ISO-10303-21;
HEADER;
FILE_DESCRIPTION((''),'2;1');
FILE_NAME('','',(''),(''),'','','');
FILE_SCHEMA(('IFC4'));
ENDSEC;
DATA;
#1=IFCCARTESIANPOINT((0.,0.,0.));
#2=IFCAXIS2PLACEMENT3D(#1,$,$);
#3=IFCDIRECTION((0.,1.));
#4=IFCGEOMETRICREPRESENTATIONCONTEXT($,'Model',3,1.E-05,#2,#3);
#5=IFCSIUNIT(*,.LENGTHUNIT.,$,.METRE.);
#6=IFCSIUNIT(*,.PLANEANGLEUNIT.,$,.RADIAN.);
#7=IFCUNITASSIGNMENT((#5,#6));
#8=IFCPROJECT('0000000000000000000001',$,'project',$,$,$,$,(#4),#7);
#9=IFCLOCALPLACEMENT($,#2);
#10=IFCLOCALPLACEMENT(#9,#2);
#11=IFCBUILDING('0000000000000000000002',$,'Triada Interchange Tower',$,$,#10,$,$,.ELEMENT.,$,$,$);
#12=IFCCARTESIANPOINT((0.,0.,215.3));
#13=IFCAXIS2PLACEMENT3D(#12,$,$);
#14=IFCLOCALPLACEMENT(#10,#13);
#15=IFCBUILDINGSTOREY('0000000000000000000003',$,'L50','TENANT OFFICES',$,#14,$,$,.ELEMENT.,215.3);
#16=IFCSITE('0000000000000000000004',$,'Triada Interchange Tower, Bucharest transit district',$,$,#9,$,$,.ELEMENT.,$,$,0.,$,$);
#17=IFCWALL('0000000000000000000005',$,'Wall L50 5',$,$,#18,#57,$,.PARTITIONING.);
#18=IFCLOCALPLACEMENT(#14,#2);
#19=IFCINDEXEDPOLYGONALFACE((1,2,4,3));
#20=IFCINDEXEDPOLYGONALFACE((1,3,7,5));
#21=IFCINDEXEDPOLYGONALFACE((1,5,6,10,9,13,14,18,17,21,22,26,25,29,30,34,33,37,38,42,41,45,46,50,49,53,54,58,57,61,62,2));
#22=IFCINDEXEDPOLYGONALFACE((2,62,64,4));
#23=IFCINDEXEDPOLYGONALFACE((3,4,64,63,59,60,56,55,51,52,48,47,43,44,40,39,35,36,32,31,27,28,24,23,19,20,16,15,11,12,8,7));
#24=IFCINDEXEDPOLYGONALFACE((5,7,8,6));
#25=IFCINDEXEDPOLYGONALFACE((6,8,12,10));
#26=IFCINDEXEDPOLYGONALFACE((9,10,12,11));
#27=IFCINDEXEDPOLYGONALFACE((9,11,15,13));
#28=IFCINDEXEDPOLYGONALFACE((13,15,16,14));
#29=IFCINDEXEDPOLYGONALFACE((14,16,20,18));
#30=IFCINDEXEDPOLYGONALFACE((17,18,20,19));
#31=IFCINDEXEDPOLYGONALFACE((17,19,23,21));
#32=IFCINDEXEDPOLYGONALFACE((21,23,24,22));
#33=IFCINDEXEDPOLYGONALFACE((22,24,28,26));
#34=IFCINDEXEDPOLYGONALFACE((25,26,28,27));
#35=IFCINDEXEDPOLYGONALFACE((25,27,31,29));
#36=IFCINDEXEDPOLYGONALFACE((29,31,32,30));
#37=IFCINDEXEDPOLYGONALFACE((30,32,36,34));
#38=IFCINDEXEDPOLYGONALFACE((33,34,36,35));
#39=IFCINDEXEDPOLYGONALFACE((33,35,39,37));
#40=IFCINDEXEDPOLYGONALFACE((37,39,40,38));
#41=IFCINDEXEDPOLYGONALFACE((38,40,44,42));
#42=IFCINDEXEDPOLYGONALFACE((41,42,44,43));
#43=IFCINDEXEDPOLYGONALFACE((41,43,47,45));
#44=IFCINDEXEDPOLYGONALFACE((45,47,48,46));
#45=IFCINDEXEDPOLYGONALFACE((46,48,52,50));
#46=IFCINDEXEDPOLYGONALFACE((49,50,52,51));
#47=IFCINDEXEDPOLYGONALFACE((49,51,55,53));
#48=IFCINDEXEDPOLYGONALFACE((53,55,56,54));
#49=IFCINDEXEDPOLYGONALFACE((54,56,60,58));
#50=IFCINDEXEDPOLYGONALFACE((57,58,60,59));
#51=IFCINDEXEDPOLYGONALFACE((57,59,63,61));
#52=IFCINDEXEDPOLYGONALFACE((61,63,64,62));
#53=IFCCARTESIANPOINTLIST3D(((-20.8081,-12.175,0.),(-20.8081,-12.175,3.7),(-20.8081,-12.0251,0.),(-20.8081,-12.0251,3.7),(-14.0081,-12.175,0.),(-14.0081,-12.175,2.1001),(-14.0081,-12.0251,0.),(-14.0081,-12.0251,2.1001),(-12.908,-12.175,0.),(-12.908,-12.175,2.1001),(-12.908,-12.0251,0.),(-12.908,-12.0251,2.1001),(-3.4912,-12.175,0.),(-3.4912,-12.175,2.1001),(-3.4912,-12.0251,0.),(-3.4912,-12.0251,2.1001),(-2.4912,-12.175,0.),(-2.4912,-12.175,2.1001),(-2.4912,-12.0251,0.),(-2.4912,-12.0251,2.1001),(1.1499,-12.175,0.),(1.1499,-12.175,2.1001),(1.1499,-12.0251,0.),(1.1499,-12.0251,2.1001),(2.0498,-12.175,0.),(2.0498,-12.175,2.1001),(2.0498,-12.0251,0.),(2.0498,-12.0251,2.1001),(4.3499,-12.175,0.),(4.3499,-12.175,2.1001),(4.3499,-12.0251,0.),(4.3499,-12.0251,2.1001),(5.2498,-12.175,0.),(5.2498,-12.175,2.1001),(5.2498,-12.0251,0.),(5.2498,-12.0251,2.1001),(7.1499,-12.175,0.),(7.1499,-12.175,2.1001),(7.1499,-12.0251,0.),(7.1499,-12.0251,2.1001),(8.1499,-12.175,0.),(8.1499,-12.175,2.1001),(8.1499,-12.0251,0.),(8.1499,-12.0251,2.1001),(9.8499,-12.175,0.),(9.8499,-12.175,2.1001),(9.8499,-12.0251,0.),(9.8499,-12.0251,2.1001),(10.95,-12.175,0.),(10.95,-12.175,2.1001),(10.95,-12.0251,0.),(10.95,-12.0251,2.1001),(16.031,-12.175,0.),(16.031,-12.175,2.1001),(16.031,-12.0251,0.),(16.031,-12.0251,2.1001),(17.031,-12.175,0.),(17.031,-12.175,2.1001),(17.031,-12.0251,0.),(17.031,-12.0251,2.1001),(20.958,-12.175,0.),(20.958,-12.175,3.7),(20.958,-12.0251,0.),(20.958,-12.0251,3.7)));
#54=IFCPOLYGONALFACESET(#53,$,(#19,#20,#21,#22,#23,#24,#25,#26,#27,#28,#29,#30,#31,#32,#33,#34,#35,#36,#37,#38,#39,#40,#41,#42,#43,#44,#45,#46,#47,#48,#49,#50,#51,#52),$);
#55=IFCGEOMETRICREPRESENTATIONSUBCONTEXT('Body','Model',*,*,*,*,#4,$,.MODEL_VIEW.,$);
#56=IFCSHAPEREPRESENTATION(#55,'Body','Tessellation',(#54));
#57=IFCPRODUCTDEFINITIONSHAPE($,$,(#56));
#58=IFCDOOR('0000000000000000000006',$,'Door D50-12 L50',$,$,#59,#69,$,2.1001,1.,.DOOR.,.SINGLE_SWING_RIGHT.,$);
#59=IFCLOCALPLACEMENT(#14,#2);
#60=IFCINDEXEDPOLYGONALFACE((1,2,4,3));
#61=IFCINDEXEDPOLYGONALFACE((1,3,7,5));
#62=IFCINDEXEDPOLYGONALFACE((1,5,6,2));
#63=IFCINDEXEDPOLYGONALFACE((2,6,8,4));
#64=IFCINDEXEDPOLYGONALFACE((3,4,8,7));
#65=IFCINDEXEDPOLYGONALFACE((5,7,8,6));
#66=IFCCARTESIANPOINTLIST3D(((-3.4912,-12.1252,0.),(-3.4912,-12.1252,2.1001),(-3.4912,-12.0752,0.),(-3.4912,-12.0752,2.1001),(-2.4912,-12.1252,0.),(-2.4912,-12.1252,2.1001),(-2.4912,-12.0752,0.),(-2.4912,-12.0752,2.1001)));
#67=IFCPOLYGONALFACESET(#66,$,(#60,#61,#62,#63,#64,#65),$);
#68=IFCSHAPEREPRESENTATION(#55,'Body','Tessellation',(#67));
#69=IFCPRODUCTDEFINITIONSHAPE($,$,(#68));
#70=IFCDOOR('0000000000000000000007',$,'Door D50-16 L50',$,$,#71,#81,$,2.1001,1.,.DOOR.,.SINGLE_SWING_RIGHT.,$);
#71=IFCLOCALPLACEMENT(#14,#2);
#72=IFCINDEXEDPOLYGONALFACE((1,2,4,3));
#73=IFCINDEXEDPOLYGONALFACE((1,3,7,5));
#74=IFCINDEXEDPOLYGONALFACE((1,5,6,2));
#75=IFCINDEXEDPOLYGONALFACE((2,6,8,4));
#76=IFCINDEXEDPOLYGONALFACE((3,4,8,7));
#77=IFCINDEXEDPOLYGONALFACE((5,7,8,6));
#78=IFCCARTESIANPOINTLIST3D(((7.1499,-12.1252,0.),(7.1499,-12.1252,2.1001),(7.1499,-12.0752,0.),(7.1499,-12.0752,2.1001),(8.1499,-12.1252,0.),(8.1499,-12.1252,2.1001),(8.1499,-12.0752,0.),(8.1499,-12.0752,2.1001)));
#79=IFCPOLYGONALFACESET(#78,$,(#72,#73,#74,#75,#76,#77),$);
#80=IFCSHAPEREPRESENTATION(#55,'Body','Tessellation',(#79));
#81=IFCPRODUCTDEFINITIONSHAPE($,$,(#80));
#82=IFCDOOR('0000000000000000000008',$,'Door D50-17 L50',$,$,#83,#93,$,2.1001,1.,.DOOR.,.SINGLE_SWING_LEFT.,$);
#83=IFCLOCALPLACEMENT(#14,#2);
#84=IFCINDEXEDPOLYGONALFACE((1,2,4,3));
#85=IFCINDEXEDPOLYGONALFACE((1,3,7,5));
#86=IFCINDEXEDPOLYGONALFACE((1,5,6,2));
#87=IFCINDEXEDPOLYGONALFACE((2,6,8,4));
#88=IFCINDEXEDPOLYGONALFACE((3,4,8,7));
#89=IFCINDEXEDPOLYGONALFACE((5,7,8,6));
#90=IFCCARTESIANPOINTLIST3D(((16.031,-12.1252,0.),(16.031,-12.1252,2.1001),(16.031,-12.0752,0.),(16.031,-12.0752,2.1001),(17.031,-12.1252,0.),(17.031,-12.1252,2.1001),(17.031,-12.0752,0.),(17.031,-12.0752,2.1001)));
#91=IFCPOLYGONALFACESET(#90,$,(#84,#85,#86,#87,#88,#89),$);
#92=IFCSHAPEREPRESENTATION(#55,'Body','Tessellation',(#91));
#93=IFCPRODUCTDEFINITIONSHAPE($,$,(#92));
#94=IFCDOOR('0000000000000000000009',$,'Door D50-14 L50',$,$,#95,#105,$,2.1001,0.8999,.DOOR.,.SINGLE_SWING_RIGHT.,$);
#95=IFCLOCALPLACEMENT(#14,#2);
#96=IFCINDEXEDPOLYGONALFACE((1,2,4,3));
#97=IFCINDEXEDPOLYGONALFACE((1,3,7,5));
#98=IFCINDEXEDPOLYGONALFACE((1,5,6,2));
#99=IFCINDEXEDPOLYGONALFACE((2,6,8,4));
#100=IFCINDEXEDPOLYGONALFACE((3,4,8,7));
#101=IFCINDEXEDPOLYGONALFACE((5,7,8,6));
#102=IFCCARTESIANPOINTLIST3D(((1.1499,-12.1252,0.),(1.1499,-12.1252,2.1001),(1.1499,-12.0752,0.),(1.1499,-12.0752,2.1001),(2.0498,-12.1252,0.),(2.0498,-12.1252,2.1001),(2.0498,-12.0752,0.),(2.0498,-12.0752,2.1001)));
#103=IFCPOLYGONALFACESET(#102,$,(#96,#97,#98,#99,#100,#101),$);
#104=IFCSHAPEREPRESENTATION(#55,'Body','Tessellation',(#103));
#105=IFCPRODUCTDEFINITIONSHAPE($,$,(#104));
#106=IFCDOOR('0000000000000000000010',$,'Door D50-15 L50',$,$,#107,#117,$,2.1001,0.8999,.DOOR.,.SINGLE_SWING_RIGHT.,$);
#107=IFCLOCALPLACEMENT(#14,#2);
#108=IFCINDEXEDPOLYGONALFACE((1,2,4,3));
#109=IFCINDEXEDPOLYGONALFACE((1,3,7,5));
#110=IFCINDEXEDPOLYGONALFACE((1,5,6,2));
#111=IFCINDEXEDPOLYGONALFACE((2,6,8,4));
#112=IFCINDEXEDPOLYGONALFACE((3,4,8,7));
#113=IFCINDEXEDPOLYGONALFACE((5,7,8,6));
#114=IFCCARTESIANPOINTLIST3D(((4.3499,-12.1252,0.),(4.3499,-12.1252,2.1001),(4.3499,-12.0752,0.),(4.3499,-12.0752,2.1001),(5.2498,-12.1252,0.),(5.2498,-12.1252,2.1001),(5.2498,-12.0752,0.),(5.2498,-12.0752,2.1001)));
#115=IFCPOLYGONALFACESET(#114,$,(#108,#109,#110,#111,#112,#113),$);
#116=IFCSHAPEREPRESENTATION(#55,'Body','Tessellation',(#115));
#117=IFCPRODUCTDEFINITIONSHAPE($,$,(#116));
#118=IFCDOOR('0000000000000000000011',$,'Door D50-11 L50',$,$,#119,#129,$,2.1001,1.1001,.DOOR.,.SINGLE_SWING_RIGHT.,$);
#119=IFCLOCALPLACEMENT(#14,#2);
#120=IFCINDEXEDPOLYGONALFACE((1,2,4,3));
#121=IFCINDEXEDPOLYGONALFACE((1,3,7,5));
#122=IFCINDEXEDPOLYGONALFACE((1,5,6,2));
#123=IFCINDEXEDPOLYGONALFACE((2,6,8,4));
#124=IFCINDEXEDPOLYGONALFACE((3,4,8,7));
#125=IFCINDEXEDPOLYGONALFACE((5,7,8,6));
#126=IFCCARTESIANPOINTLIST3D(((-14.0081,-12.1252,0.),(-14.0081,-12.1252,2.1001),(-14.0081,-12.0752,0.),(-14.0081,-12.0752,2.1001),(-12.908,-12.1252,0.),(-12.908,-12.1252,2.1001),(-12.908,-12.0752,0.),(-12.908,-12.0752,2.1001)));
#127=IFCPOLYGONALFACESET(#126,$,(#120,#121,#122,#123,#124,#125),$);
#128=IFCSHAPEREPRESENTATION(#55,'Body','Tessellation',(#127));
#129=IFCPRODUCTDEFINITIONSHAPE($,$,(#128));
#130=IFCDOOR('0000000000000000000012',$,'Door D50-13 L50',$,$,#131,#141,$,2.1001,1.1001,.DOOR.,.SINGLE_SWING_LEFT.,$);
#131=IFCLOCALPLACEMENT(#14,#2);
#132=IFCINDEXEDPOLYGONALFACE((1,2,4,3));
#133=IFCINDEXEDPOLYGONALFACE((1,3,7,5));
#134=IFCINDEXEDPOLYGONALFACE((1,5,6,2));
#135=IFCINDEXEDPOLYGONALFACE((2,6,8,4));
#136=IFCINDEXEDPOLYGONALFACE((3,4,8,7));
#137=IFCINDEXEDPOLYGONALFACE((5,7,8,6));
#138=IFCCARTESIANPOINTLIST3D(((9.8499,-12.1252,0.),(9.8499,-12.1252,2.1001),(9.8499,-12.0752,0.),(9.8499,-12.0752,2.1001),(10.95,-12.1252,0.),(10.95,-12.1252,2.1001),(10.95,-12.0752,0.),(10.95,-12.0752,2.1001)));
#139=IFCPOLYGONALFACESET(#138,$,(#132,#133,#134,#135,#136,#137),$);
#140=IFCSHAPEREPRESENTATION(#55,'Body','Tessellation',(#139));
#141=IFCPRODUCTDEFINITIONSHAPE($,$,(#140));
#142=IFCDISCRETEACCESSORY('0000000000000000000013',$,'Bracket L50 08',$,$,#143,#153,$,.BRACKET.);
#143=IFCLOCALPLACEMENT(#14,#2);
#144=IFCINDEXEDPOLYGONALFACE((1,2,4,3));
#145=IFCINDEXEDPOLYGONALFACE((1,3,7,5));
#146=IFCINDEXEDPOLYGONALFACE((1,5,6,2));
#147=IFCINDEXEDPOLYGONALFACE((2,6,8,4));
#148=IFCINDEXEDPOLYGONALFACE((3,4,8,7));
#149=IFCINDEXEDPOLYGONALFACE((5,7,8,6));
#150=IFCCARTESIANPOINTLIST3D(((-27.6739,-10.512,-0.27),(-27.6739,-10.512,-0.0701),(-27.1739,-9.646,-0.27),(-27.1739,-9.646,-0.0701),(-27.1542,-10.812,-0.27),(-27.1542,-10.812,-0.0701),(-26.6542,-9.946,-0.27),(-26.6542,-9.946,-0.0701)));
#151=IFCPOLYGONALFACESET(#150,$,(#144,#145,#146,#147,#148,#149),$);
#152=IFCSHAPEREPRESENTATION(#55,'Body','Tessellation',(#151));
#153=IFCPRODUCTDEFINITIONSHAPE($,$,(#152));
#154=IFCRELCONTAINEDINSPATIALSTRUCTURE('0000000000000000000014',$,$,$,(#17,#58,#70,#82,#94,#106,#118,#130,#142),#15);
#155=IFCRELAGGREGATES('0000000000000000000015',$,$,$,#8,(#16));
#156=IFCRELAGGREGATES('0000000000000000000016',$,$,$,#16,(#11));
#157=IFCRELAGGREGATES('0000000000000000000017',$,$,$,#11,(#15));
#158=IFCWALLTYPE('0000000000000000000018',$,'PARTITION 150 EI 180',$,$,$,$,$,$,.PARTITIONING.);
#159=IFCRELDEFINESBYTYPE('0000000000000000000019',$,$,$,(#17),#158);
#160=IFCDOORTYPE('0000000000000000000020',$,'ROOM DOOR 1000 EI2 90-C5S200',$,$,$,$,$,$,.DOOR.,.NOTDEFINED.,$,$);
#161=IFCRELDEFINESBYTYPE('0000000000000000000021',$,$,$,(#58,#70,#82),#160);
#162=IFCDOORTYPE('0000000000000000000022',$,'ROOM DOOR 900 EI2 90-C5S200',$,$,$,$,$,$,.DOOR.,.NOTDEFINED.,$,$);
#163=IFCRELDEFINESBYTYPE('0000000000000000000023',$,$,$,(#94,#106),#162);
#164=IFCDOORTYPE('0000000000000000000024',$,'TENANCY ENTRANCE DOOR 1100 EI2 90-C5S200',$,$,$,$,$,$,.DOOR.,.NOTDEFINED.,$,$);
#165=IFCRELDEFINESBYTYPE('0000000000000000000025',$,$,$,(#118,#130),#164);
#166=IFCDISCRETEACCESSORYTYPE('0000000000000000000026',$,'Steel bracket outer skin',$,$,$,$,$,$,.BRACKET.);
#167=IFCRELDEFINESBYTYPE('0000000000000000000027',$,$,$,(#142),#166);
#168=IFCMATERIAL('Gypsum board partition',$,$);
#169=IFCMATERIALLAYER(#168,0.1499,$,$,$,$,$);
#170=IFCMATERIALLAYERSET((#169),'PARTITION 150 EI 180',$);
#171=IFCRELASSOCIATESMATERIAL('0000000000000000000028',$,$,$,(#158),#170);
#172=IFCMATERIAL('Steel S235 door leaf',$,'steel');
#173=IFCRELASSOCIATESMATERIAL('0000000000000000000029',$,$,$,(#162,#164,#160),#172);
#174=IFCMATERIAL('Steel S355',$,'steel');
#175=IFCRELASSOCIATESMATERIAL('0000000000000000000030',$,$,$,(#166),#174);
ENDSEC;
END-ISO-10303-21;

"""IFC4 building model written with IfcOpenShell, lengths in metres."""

from ifc_helpers import new_model, si_unit, direction, frame, frame_2d, origin, origin_2d, place, context, subcontext, project, spatial, rectangle, extrude, material, layer, layer_set, type_object, element, fill, save


model = new_model("IFC4")

# Units and contexts
model_context = context("Model", 3, precision=1e-05, world=origin(), true_north=direction((0.0, 1.0)))
body_context = subcontext(model_context, "Body", "Model", "MODEL_VIEW")
ifc_project = project(units=[si_unit("LENGTHUNIT", "METRE"), si_unit("PLANEANGLEUNIT", "RADIAN")], contexts=[model_context])

# Site, building, storey
site_placement = place(None, origin())
site = spatial("IfcSite", under=ifc_project, at=site_placement, Name="Triada Interchange Tower, Bucharest transit district", CompositionType="ELEMENT", RefElevation=0.0)
building_placement = place(site_placement, origin())
building = spatial("IfcBuilding", under=site, at=building_placement, Name="Triada Interchange Tower", CompositionType="ELEMENT")
storey_placement = place(building_placement, frame((0.0, 0.0, 215.3)))
storey = spatial("IfcBuildingStorey", under=building, at=storey_placement, Name="L50", Description="TENANT OFFICES", CompositionType="ELEMENT", Elevation=215.3)

# Wall, openings, doors
ifc_material_1 = material(Name="Gypsum board partition")
ifc_layer = layer(ifc_material_1, 0.1499)
ifc_layer_set = layer_set([ifc_layer], Name="PARTITION 150 EI 180")
wall_type = type_object("IfcWallType", Name="PARTITION 150 EI 180", PredefinedType="PARTITIONING", material=ifc_layer_set)
ifc_material_2 = material(Name="Steel S235 door leaf", Category="steel")
door_type_1 = type_object("IfcDoorType", Name="ROOM DOOR 900 EI2 90-C5S200", OperationType="NOTDEFINED", PredefinedType="DOOR", material=ifc_material_2)
door_type_2 = type_object("IfcDoorType", Name="TENANCY ENTRANCE DOOR 1100 EI2 90-C5S200", OperationType="NOTDEFINED", PredefinedType="DOOR", material=ifc_material_2)
wall_1_placement = place(storey_placement, frame((-20.8081, -12.1001, 0.0), z_axis=(0.0, 0.0, 1.0), x_axis=(1.0, 0.0, 0.0)))
wall_1 = element("IfcWall", 1, at=wall_1_placement, inside=storey, type_object=wall_type, Name="Wall L50 5", PredefinedType="PARTITIONING", context=body_context, shape_type="SweptSolid", body=[
    extrude(rectangle(XDim=41.7661, YDim=0.1499, at=frame_2d((20.8831, 0.0))), origin(), (0.0, 0.0, 1.0), 3.7),
])
opening_1_placement = place(wall_1_placement, frame((6.8, 0.0, 0.0)))
opening_1 = element("IfcOpeningElement", 2, at=opening_1_placement, cuts=wall_1, PredefinedType="OPENING", context=body_context, shape_type="SweptSolid", body=[
    extrude(rectangle(XDim=1.1001, YDim=2.1001, at=frame_2d((0.55, 1.05))), frame((0.0, 0.085, 0.0), z_axis=(0.0, -1.0, 0.0), x_axis=(1.0, 0.0, 0.0)), (0.0, 0.0, 1.0), 0.1699),
])
opening_2_placement = place(wall_1_placement, frame((17.3169, 0.0, 0.0)))
opening_2 = element("IfcOpeningElement", 3, at=opening_2_placement, cuts=wall_1, PredefinedType="OPENING", context=body_context, shape_type="SweptSolid", body=[
    extrude(rectangle(XDim=1.0, YDim=2.1001, at=frame_2d((0.5, 1.05))), frame((0.0, 0.085, 0.0), z_axis=(0.0, -1.0, 0.0), x_axis=(1.0, 0.0, 0.0)), (0.0, 0.0, 1.0), 0.1699),
])
opening_3_placement = place(wall_1_placement, frame((30.658, 0.0, 0.0)))
opening_3 = element("IfcOpeningElement", 4, at=opening_3_placement, cuts=wall_1, PredefinedType="OPENING", context=body_context, shape_type="SweptSolid", body=[
    extrude(rectangle(XDim=1.1001, YDim=2.1001, at=frame_2d((0.55, 1.05))), frame((0.0, 0.085, 0.0), z_axis=(0.0, -1.0, 0.0), x_axis=(1.0, 0.0, 0.0)), (0.0, 0.0, 1.0), 0.1699),
])
opening_4_placement = place(wall_1_placement, frame((21.958, 0.0, 0.0)))
opening_4 = element("IfcOpeningElement", 5, at=opening_4_placement, cuts=wall_1, PredefinedType="OPENING", context=body_context, shape_type="SweptSolid", body=[
    extrude(rectangle(XDim=0.8999, YDim=2.1001, at=frame_2d((0.45, 1.05))), frame((0.0, 0.085, 0.0), z_axis=(0.0, -1.0, 0.0), x_axis=(1.0, 0.0, 0.0)), (0.0, 0.0, 1.0), 0.1699),
])
opening_5_placement = place(wall_1_placement, frame((25.158, 0.0, 0.0)))
opening_5 = element("IfcOpeningElement", 6, at=opening_5_placement, cuts=wall_1, PredefinedType="OPENING", context=body_context, shape_type="SweptSolid", body=[
    extrude(rectangle(XDim=0.8999, YDim=2.1001, at=frame_2d((0.45, 1.05))), frame((0.0, 0.085, 0.0), z_axis=(0.0, -1.0, 0.0), x_axis=(1.0, 0.0, 0.0)), (0.0, 0.0, 1.0), 0.1699),
])
opening_6_placement = place(wall_1_placement, frame((27.958, 0.0, 0.0)))
opening_6 = element("IfcOpeningElement", 7, at=opening_6_placement, cuts=wall_1, PredefinedType="OPENING", context=body_context, shape_type="SweptSolid", body=[
    extrude(rectangle(XDim=1.0, YDim=2.1001, at=frame_2d((0.5, 1.05))), frame((0.0, 0.085, 0.0), z_axis=(0.0, -1.0, 0.0), x_axis=(1.0, 0.0, 0.0)), (0.0, 0.0, 1.0), 0.1699),
])
opening_7_placement = place(wall_1_placement, frame((36.8391, 0.0, 0.0)))
opening_7 = element("IfcOpeningElement", 8, at=opening_7_placement, cuts=wall_1, PredefinedType="OPENING", context=body_context, shape_type="SweptSolid", body=[
    extrude(rectangle(XDim=1.0, YDim=2.1001, at=frame_2d((0.5, 1.05))), frame((0.0, 0.085, 0.0), z_axis=(0.0, -1.0, 0.0), x_axis=(1.0, 0.0, 0.0)), (0.0, 0.0, 1.0), 0.1699),
])
door_type_3 = type_object("IfcDoorType", Name="ROOM DOOR 1000 EI2 90-C5S200", OperationType="NOTDEFINED", PredefinedType="DOOR", material=ifc_material_2)
door_1_placement = place(opening_2_placement, origin())
door_1 = element("IfcDoor", 9, at=door_1_placement, inside=storey, type_object=door_type_3, Name="Door D50-12 L50", OperationType="SINGLE_SWING_RIGHT", OverallHeight=2.1001, OverallWidth=1.0, PredefinedType="DOOR", context=body_context, shape_type="SweptSolid", body=[
    extrude(rectangle(XDim=1.0, YDim=2.1001, at=frame_2d((0.5, 1.05))), frame((0.0, 0.0249, 0.0), z_axis=(0.0, -1.0, 0.0), x_axis=(1.0, 0.0, 0.0)), (0.0, 0.0, 1.0), 0.05),
])
fill(opening_2, door_1)
door_2_placement = place(opening_6_placement, origin())
door_2 = element("IfcDoor", 10, at=door_2_placement, inside=storey, type_object=door_type_3, Name="Door D50-16 L50", OperationType="SINGLE_SWING_RIGHT", OverallHeight=2.1001, OverallWidth=1.0, PredefinedType="DOOR", context=body_context, shape_type="SweptSolid", body=[
    extrude(rectangle(XDim=1.0, YDim=2.1001, at=frame_2d((0.5, 1.05))), frame((0.0, 0.0249, 0.0), z_axis=(0.0, -1.0, 0.0), x_axis=(1.0, 0.0, 0.0)), (0.0, 0.0, 1.0), 0.05),
])
fill(opening_6, door_2)
door_3_placement = place(opening_7_placement, origin())
door_3 = element("IfcDoor", 11, at=door_3_placement, inside=storey, type_object=door_type_3, Name="Door D50-17 L50", OperationType="SINGLE_SWING_LEFT", OverallHeight=2.1001, OverallWidth=1.0, PredefinedType="DOOR", context=body_context, shape_type="SweptSolid", body=[
    extrude(rectangle(XDim=1.0, YDim=2.1001, at=frame_2d((0.5, 1.05))), frame((0.0, 0.0249, 0.0), z_axis=(0.0, -1.0, 0.0), x_axis=(1.0, 0.0, 0.0)), (0.0, 0.0, 1.0), 0.05),
])
fill(opening_7, door_3)
door_4_placement = place(opening_4_placement, origin())
door_4 = element("IfcDoor", 12, at=door_4_placement, inside=storey, type_object=door_type_1, Name="Door D50-14 L50", OperationType="SINGLE_SWING_RIGHT", OverallHeight=2.1001, OverallWidth=0.8999, PredefinedType="DOOR", context=body_context, shape_type="SweptSolid", body=[
    extrude(rectangle(XDim=0.8999, YDim=2.1001, at=frame_2d((0.45, 1.05))), frame((0.0, 0.0249, 0.0), z_axis=(0.0, -1.0, 0.0), x_axis=(1.0, 0.0, 0.0)), (0.0, 0.0, 1.0), 0.05),
])
fill(opening_4, door_4)
door_5_placement = place(opening_5_placement, origin())
door_5 = element("IfcDoor", 13, at=door_5_placement, inside=storey, type_object=door_type_1, Name="Door D50-15 L50", OperationType="SINGLE_SWING_RIGHT", OverallHeight=2.1001, OverallWidth=0.8999, PredefinedType="DOOR", context=body_context, shape_type="SweptSolid", body=[
    extrude(rectangle(XDim=0.8999, YDim=2.1001, at=frame_2d((0.45, 1.05))), frame((0.0, 0.0249, 0.0), z_axis=(0.0, -1.0, 0.0), x_axis=(1.0, 0.0, 0.0)), (0.0, 0.0, 1.0), 0.05),
])
fill(opening_5, door_5)
door_6_placement = place(opening_1_placement, origin())
door_6 = element("IfcDoor", 14, at=door_6_placement, inside=storey, type_object=door_type_2, Name="Door D50-11 L50", OperationType="SINGLE_SWING_RIGHT", OverallHeight=2.1001, OverallWidth=1.1001, PredefinedType="DOOR", context=body_context, shape_type="SweptSolid", body=[
    extrude(rectangle(XDim=1.1001, YDim=2.1001, at=frame_2d((0.55, 1.05))), frame((0.0, 0.0249, 0.0), z_axis=(0.0, -1.0, 0.0), x_axis=(1.0, 0.0, 0.0)), (0.0, 0.0, 1.0), 0.05),
])
fill(opening_1, door_6)
door_7_placement = place(opening_3_placement, origin())
door_7 = element("IfcDoor", 15, at=door_7_placement, inside=storey, type_object=door_type_2, Name="Door D50-13 L50", OperationType="SINGLE_SWING_LEFT", OverallHeight=2.1001, OverallWidth=1.1001, PredefinedType="DOOR", context=body_context, shape_type="SweptSolid", body=[
    extrude(rectangle(XDim=1.1001, YDim=2.1001, at=frame_2d((0.55, 1.05))), frame((0.0, 0.0249, 0.0), z_axis=(0.0, -1.0, 0.0), x_axis=(1.0, 0.0, 0.0)), (0.0, 0.0, 1.0), 0.05),
])
fill(opening_3, door_7)

# Discrete accessory
ifc_material_3 = material(Name="Steel S355", Category="steel")
discrete_accessory_type = type_object("IfcDiscreteAccessoryType", Name="Steel bracket outer skin", PredefinedType="BRACKET", material=ifc_material_3)
discrete_accessory_placement = place(storey_placement, frame((-27.1641, -10.229, -0.27), z_axis=(0.0, 0.0, 1.0), x_axis=(-0.866025, 0.500001, 0.0)))
element("IfcDiscreteAccessory", 16, at=discrete_accessory_placement, inside=storey, type_object=discrete_accessory_type, Name="Bracket L50 08", PredefinedType="BRACKET", context=body_context, shape_type="SweptSolid", body=[
    extrude(rectangle(XDim=0.6001, YDim=1.0, at=origin_2d()), origin(), (0.0, 0.0, 1.0), 0.2),
])

save(model, "model.ifc")
